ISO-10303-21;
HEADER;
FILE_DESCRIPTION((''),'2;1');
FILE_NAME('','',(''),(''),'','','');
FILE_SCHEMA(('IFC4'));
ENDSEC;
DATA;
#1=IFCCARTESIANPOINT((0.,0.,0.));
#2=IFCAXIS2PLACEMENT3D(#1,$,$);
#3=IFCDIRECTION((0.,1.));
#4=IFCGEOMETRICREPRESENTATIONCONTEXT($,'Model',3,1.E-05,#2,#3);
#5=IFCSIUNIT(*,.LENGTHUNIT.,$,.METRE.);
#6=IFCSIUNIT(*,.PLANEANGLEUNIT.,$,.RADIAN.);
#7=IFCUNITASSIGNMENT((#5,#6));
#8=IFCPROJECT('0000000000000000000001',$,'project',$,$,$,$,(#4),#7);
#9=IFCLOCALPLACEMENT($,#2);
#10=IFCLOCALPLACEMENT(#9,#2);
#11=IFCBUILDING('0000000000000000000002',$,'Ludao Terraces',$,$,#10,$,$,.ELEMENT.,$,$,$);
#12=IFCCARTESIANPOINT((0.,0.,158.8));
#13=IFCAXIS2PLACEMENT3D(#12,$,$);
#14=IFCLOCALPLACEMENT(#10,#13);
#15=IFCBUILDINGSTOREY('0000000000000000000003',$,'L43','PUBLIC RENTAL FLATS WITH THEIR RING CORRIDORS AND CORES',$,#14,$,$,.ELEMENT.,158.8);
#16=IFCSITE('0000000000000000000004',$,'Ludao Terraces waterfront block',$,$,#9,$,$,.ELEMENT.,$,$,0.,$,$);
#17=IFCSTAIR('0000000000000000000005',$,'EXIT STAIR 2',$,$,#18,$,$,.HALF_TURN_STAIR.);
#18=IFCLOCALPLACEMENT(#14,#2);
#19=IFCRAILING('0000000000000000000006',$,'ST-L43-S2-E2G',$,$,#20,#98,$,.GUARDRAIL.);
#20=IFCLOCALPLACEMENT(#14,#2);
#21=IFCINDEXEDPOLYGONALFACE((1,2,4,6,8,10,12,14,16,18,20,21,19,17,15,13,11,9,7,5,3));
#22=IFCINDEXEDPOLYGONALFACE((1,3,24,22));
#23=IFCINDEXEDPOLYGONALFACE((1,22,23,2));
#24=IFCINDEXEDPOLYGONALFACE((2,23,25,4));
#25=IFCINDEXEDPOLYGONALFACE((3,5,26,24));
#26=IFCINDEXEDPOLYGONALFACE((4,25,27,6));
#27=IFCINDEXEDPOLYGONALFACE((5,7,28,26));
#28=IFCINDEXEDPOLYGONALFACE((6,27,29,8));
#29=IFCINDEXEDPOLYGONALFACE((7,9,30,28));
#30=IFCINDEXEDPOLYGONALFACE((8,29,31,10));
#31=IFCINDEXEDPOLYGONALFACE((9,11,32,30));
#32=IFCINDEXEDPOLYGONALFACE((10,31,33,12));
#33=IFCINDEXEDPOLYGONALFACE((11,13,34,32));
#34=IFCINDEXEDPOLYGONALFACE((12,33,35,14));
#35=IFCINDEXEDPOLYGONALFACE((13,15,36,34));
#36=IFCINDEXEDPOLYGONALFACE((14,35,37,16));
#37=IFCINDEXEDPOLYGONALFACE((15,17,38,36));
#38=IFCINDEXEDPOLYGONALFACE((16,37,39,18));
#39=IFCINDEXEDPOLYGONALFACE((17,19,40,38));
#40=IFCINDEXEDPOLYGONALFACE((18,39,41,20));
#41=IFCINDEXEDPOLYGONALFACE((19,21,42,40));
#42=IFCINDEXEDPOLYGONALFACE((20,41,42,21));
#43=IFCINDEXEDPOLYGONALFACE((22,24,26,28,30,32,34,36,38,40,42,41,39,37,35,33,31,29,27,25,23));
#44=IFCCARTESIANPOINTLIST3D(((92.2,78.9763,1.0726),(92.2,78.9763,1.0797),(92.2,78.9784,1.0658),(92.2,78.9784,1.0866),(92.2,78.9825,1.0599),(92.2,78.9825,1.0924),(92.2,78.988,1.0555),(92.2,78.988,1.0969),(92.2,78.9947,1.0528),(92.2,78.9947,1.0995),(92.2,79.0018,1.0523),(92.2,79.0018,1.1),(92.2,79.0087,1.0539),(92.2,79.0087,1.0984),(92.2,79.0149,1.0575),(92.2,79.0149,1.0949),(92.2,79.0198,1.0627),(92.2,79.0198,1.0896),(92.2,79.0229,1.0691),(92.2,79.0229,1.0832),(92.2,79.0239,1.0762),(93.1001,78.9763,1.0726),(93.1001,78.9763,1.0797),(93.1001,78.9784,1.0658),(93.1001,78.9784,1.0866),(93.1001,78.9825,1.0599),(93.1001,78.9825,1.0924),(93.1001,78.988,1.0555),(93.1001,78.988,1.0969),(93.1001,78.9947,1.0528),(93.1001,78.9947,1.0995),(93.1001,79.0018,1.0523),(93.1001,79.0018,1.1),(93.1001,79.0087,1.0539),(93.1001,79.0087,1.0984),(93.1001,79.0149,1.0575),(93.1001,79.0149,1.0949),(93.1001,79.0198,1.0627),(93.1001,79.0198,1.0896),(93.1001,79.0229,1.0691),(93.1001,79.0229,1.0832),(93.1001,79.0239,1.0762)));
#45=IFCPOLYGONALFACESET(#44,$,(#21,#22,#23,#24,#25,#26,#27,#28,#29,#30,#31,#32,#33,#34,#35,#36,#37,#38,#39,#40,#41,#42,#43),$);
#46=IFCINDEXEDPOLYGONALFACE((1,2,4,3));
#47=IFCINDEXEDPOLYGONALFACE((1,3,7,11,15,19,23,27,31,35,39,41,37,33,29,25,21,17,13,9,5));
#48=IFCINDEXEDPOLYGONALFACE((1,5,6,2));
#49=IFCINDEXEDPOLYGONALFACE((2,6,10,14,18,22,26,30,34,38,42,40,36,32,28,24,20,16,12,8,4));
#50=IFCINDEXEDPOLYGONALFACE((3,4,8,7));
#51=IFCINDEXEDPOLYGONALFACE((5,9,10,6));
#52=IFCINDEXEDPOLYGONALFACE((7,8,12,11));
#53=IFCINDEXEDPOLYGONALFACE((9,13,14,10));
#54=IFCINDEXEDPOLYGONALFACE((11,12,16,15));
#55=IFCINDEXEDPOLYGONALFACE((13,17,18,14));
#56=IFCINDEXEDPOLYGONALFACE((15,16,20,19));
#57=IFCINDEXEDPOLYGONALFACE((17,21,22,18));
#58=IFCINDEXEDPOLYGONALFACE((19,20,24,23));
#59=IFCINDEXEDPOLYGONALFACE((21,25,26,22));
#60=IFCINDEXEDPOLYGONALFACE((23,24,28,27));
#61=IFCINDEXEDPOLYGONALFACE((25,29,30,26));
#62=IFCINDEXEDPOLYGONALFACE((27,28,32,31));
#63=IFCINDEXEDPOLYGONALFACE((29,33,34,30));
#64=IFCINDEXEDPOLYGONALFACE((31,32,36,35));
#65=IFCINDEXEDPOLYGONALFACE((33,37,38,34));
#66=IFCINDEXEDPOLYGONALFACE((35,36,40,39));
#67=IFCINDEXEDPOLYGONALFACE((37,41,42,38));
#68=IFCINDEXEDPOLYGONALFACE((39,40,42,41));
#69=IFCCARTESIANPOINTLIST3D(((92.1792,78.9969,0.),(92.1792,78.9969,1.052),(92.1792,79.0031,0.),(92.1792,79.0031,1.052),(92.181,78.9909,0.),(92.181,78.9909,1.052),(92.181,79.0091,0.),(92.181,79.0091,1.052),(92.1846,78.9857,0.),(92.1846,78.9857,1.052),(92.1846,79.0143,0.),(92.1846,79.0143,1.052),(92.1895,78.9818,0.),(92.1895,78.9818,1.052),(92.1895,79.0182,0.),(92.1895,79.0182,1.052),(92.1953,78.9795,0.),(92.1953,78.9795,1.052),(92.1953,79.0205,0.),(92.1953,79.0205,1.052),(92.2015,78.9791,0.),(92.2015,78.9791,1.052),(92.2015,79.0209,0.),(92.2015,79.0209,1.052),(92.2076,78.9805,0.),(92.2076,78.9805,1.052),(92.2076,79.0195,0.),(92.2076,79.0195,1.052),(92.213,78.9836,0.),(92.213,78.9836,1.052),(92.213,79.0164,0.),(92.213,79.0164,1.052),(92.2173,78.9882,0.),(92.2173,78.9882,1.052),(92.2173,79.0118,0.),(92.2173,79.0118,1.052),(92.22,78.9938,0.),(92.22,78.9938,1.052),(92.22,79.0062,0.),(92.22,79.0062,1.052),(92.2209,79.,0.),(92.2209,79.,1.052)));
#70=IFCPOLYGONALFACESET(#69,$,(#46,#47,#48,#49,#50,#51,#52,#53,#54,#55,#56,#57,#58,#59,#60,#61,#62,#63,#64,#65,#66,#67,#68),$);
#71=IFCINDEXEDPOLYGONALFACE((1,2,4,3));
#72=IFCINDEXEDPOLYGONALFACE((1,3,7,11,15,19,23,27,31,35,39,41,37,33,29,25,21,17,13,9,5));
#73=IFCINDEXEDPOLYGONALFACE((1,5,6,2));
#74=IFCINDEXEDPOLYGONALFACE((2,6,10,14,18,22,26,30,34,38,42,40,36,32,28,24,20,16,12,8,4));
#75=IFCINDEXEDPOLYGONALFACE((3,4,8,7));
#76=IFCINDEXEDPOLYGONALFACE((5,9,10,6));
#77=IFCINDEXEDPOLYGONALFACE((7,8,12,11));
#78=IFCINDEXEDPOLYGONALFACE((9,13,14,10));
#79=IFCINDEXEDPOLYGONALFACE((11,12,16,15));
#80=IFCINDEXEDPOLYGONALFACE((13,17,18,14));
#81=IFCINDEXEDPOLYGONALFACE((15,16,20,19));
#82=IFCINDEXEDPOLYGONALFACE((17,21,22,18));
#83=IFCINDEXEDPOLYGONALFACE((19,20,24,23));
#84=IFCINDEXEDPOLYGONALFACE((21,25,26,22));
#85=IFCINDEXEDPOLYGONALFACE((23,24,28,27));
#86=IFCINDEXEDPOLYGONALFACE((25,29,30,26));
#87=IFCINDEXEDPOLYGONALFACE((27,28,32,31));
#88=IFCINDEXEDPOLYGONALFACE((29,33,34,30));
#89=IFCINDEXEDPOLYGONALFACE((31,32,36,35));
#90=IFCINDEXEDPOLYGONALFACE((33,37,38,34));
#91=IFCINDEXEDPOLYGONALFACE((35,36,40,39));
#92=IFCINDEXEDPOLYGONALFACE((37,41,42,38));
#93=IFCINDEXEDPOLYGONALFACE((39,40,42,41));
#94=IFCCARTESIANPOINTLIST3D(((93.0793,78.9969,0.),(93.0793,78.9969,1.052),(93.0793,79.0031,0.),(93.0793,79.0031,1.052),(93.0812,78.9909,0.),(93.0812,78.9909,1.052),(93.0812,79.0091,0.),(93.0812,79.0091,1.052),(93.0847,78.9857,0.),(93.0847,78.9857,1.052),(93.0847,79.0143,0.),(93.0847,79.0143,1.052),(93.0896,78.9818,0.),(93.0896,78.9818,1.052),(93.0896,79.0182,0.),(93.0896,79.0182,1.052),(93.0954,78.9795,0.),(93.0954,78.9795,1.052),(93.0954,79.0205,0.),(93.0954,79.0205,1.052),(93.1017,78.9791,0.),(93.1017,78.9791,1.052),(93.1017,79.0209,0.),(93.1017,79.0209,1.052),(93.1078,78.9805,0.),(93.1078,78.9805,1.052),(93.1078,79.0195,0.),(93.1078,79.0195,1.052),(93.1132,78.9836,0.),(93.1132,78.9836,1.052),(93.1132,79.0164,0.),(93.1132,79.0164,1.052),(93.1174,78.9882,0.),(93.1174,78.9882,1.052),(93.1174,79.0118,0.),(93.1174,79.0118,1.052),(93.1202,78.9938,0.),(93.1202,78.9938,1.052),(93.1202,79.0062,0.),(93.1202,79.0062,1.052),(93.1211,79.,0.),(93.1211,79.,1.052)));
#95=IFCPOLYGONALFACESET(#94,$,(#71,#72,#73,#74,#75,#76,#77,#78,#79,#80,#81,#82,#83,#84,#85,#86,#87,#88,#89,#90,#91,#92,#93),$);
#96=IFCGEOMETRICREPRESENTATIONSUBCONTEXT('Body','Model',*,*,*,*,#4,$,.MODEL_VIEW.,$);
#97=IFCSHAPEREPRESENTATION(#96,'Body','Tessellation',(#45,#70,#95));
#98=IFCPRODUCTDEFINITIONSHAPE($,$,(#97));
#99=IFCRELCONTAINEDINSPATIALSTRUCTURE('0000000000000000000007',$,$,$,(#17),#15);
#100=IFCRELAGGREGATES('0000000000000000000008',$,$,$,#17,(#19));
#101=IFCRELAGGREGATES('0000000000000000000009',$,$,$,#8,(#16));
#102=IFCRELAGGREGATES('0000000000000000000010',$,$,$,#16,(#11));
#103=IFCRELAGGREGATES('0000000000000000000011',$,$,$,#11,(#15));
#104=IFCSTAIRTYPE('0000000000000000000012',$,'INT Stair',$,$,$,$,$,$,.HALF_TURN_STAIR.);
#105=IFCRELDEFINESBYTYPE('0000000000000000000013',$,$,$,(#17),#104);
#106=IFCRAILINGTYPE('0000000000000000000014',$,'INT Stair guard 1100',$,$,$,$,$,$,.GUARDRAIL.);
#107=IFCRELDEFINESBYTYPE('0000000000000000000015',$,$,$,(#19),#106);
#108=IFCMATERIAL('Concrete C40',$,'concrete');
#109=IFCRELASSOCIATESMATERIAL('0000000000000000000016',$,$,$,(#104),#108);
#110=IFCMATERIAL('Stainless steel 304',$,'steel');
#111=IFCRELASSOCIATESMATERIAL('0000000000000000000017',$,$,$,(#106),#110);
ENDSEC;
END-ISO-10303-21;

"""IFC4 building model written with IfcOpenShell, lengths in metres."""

from ifc_helpers import new_model, si_unit, direction, frame, origin, origin_2d, place, context, subcontext, project, spatial, circle, extrude, material, type_object, element, aggregate, save


model = new_model("IFC4")

# Units and contexts
model_context = context("Model", 3, precision=1e-05, world=origin(), true_north=direction((0.0, 1.0)))
body_context = subcontext(model_context, "Body", "Model", "MODEL_VIEW")
ifc_project = project(units=[si_unit("LENGTHUNIT", "METRE"), si_unit("PLANEANGLEUNIT", "RADIAN")], contexts=[model_context])

# Site, building, storey
site_placement = place(None, origin())
site = spatial("IfcSite", under=ifc_project, at=site_placement, Name="Ludao Terraces waterfront block", CompositionType="ELEMENT", RefElevation=0.0)
building_placement = place(site_placement, origin())
building = spatial("IfcBuilding", under=site, at=building_placement, Name="Ludao Terraces", CompositionType="ELEMENT")
storey_placement = place(building_placement, frame((0.0, 0.0, 158.8)))
storey = spatial("IfcBuildingStorey", under=building, at=storey_placement, Name="L43", Description="PUBLIC RENTAL FLATS WITH THEIR RING CORRIDORS AND CORES", CompositionType="ELEMENT", Elevation=158.8)

# Shared definitions
ifc_material_1 = material(Name="Stainless steel 304", Category="steel")

# Stair, railing
ifc_material_2 = material(Name="Concrete C40", Category="concrete")
stair_type = type_object("IfcStairType", Name="INT Stair", PredefinedType="HALF_TURN_STAIR", material=ifc_material_2)
stair_placement = place(storey_placement, origin())
stair = element("IfcStair", 1, at=stair_placement, inside=storey, type_object=stair_type, Name="EXIT STAIR 2", PredefinedType="HALF_TURN_STAIR")
railing_type_1 = type_object("IfcRailingType", Name="INT Stair guard 1100", PredefinedType="GUARDRAIL", material=ifc_material_1)
railing_1_placement = place(storey_placement, frame((92.2, 79.0, 0.0)))
railing_1 = element("IfcRailing", 2, at=railing_1_placement, type_object=railing_type_1, Name="ST-L43-S2-E2G", PredefinedType="GUARDRAIL", context=body_context, shape_type="SweptSolid", body=[
    extrude(circle(Radius=0.0239, at=origin_2d()), frame((0.0, 0.0, 1.0762), z_axis=(1.0, 0.0, 0.0), x_axis=(0.0, 1.0, 0.0)), (0.0, 0.0, 1.0), 0.9001),
    extrude(circle(Radius=0.021, at=origin_2d()), origin(), (0.0, 0.0, 1.0), 1.052),
    extrude(circle(Radius=0.021, at=origin_2d()), frame((0.9001, 0.0, 0.0)), (0.0, 0.0, 1.0), 1.052),
])
aggregate(stair, [railing_1])

save(model, "model.ifc")
